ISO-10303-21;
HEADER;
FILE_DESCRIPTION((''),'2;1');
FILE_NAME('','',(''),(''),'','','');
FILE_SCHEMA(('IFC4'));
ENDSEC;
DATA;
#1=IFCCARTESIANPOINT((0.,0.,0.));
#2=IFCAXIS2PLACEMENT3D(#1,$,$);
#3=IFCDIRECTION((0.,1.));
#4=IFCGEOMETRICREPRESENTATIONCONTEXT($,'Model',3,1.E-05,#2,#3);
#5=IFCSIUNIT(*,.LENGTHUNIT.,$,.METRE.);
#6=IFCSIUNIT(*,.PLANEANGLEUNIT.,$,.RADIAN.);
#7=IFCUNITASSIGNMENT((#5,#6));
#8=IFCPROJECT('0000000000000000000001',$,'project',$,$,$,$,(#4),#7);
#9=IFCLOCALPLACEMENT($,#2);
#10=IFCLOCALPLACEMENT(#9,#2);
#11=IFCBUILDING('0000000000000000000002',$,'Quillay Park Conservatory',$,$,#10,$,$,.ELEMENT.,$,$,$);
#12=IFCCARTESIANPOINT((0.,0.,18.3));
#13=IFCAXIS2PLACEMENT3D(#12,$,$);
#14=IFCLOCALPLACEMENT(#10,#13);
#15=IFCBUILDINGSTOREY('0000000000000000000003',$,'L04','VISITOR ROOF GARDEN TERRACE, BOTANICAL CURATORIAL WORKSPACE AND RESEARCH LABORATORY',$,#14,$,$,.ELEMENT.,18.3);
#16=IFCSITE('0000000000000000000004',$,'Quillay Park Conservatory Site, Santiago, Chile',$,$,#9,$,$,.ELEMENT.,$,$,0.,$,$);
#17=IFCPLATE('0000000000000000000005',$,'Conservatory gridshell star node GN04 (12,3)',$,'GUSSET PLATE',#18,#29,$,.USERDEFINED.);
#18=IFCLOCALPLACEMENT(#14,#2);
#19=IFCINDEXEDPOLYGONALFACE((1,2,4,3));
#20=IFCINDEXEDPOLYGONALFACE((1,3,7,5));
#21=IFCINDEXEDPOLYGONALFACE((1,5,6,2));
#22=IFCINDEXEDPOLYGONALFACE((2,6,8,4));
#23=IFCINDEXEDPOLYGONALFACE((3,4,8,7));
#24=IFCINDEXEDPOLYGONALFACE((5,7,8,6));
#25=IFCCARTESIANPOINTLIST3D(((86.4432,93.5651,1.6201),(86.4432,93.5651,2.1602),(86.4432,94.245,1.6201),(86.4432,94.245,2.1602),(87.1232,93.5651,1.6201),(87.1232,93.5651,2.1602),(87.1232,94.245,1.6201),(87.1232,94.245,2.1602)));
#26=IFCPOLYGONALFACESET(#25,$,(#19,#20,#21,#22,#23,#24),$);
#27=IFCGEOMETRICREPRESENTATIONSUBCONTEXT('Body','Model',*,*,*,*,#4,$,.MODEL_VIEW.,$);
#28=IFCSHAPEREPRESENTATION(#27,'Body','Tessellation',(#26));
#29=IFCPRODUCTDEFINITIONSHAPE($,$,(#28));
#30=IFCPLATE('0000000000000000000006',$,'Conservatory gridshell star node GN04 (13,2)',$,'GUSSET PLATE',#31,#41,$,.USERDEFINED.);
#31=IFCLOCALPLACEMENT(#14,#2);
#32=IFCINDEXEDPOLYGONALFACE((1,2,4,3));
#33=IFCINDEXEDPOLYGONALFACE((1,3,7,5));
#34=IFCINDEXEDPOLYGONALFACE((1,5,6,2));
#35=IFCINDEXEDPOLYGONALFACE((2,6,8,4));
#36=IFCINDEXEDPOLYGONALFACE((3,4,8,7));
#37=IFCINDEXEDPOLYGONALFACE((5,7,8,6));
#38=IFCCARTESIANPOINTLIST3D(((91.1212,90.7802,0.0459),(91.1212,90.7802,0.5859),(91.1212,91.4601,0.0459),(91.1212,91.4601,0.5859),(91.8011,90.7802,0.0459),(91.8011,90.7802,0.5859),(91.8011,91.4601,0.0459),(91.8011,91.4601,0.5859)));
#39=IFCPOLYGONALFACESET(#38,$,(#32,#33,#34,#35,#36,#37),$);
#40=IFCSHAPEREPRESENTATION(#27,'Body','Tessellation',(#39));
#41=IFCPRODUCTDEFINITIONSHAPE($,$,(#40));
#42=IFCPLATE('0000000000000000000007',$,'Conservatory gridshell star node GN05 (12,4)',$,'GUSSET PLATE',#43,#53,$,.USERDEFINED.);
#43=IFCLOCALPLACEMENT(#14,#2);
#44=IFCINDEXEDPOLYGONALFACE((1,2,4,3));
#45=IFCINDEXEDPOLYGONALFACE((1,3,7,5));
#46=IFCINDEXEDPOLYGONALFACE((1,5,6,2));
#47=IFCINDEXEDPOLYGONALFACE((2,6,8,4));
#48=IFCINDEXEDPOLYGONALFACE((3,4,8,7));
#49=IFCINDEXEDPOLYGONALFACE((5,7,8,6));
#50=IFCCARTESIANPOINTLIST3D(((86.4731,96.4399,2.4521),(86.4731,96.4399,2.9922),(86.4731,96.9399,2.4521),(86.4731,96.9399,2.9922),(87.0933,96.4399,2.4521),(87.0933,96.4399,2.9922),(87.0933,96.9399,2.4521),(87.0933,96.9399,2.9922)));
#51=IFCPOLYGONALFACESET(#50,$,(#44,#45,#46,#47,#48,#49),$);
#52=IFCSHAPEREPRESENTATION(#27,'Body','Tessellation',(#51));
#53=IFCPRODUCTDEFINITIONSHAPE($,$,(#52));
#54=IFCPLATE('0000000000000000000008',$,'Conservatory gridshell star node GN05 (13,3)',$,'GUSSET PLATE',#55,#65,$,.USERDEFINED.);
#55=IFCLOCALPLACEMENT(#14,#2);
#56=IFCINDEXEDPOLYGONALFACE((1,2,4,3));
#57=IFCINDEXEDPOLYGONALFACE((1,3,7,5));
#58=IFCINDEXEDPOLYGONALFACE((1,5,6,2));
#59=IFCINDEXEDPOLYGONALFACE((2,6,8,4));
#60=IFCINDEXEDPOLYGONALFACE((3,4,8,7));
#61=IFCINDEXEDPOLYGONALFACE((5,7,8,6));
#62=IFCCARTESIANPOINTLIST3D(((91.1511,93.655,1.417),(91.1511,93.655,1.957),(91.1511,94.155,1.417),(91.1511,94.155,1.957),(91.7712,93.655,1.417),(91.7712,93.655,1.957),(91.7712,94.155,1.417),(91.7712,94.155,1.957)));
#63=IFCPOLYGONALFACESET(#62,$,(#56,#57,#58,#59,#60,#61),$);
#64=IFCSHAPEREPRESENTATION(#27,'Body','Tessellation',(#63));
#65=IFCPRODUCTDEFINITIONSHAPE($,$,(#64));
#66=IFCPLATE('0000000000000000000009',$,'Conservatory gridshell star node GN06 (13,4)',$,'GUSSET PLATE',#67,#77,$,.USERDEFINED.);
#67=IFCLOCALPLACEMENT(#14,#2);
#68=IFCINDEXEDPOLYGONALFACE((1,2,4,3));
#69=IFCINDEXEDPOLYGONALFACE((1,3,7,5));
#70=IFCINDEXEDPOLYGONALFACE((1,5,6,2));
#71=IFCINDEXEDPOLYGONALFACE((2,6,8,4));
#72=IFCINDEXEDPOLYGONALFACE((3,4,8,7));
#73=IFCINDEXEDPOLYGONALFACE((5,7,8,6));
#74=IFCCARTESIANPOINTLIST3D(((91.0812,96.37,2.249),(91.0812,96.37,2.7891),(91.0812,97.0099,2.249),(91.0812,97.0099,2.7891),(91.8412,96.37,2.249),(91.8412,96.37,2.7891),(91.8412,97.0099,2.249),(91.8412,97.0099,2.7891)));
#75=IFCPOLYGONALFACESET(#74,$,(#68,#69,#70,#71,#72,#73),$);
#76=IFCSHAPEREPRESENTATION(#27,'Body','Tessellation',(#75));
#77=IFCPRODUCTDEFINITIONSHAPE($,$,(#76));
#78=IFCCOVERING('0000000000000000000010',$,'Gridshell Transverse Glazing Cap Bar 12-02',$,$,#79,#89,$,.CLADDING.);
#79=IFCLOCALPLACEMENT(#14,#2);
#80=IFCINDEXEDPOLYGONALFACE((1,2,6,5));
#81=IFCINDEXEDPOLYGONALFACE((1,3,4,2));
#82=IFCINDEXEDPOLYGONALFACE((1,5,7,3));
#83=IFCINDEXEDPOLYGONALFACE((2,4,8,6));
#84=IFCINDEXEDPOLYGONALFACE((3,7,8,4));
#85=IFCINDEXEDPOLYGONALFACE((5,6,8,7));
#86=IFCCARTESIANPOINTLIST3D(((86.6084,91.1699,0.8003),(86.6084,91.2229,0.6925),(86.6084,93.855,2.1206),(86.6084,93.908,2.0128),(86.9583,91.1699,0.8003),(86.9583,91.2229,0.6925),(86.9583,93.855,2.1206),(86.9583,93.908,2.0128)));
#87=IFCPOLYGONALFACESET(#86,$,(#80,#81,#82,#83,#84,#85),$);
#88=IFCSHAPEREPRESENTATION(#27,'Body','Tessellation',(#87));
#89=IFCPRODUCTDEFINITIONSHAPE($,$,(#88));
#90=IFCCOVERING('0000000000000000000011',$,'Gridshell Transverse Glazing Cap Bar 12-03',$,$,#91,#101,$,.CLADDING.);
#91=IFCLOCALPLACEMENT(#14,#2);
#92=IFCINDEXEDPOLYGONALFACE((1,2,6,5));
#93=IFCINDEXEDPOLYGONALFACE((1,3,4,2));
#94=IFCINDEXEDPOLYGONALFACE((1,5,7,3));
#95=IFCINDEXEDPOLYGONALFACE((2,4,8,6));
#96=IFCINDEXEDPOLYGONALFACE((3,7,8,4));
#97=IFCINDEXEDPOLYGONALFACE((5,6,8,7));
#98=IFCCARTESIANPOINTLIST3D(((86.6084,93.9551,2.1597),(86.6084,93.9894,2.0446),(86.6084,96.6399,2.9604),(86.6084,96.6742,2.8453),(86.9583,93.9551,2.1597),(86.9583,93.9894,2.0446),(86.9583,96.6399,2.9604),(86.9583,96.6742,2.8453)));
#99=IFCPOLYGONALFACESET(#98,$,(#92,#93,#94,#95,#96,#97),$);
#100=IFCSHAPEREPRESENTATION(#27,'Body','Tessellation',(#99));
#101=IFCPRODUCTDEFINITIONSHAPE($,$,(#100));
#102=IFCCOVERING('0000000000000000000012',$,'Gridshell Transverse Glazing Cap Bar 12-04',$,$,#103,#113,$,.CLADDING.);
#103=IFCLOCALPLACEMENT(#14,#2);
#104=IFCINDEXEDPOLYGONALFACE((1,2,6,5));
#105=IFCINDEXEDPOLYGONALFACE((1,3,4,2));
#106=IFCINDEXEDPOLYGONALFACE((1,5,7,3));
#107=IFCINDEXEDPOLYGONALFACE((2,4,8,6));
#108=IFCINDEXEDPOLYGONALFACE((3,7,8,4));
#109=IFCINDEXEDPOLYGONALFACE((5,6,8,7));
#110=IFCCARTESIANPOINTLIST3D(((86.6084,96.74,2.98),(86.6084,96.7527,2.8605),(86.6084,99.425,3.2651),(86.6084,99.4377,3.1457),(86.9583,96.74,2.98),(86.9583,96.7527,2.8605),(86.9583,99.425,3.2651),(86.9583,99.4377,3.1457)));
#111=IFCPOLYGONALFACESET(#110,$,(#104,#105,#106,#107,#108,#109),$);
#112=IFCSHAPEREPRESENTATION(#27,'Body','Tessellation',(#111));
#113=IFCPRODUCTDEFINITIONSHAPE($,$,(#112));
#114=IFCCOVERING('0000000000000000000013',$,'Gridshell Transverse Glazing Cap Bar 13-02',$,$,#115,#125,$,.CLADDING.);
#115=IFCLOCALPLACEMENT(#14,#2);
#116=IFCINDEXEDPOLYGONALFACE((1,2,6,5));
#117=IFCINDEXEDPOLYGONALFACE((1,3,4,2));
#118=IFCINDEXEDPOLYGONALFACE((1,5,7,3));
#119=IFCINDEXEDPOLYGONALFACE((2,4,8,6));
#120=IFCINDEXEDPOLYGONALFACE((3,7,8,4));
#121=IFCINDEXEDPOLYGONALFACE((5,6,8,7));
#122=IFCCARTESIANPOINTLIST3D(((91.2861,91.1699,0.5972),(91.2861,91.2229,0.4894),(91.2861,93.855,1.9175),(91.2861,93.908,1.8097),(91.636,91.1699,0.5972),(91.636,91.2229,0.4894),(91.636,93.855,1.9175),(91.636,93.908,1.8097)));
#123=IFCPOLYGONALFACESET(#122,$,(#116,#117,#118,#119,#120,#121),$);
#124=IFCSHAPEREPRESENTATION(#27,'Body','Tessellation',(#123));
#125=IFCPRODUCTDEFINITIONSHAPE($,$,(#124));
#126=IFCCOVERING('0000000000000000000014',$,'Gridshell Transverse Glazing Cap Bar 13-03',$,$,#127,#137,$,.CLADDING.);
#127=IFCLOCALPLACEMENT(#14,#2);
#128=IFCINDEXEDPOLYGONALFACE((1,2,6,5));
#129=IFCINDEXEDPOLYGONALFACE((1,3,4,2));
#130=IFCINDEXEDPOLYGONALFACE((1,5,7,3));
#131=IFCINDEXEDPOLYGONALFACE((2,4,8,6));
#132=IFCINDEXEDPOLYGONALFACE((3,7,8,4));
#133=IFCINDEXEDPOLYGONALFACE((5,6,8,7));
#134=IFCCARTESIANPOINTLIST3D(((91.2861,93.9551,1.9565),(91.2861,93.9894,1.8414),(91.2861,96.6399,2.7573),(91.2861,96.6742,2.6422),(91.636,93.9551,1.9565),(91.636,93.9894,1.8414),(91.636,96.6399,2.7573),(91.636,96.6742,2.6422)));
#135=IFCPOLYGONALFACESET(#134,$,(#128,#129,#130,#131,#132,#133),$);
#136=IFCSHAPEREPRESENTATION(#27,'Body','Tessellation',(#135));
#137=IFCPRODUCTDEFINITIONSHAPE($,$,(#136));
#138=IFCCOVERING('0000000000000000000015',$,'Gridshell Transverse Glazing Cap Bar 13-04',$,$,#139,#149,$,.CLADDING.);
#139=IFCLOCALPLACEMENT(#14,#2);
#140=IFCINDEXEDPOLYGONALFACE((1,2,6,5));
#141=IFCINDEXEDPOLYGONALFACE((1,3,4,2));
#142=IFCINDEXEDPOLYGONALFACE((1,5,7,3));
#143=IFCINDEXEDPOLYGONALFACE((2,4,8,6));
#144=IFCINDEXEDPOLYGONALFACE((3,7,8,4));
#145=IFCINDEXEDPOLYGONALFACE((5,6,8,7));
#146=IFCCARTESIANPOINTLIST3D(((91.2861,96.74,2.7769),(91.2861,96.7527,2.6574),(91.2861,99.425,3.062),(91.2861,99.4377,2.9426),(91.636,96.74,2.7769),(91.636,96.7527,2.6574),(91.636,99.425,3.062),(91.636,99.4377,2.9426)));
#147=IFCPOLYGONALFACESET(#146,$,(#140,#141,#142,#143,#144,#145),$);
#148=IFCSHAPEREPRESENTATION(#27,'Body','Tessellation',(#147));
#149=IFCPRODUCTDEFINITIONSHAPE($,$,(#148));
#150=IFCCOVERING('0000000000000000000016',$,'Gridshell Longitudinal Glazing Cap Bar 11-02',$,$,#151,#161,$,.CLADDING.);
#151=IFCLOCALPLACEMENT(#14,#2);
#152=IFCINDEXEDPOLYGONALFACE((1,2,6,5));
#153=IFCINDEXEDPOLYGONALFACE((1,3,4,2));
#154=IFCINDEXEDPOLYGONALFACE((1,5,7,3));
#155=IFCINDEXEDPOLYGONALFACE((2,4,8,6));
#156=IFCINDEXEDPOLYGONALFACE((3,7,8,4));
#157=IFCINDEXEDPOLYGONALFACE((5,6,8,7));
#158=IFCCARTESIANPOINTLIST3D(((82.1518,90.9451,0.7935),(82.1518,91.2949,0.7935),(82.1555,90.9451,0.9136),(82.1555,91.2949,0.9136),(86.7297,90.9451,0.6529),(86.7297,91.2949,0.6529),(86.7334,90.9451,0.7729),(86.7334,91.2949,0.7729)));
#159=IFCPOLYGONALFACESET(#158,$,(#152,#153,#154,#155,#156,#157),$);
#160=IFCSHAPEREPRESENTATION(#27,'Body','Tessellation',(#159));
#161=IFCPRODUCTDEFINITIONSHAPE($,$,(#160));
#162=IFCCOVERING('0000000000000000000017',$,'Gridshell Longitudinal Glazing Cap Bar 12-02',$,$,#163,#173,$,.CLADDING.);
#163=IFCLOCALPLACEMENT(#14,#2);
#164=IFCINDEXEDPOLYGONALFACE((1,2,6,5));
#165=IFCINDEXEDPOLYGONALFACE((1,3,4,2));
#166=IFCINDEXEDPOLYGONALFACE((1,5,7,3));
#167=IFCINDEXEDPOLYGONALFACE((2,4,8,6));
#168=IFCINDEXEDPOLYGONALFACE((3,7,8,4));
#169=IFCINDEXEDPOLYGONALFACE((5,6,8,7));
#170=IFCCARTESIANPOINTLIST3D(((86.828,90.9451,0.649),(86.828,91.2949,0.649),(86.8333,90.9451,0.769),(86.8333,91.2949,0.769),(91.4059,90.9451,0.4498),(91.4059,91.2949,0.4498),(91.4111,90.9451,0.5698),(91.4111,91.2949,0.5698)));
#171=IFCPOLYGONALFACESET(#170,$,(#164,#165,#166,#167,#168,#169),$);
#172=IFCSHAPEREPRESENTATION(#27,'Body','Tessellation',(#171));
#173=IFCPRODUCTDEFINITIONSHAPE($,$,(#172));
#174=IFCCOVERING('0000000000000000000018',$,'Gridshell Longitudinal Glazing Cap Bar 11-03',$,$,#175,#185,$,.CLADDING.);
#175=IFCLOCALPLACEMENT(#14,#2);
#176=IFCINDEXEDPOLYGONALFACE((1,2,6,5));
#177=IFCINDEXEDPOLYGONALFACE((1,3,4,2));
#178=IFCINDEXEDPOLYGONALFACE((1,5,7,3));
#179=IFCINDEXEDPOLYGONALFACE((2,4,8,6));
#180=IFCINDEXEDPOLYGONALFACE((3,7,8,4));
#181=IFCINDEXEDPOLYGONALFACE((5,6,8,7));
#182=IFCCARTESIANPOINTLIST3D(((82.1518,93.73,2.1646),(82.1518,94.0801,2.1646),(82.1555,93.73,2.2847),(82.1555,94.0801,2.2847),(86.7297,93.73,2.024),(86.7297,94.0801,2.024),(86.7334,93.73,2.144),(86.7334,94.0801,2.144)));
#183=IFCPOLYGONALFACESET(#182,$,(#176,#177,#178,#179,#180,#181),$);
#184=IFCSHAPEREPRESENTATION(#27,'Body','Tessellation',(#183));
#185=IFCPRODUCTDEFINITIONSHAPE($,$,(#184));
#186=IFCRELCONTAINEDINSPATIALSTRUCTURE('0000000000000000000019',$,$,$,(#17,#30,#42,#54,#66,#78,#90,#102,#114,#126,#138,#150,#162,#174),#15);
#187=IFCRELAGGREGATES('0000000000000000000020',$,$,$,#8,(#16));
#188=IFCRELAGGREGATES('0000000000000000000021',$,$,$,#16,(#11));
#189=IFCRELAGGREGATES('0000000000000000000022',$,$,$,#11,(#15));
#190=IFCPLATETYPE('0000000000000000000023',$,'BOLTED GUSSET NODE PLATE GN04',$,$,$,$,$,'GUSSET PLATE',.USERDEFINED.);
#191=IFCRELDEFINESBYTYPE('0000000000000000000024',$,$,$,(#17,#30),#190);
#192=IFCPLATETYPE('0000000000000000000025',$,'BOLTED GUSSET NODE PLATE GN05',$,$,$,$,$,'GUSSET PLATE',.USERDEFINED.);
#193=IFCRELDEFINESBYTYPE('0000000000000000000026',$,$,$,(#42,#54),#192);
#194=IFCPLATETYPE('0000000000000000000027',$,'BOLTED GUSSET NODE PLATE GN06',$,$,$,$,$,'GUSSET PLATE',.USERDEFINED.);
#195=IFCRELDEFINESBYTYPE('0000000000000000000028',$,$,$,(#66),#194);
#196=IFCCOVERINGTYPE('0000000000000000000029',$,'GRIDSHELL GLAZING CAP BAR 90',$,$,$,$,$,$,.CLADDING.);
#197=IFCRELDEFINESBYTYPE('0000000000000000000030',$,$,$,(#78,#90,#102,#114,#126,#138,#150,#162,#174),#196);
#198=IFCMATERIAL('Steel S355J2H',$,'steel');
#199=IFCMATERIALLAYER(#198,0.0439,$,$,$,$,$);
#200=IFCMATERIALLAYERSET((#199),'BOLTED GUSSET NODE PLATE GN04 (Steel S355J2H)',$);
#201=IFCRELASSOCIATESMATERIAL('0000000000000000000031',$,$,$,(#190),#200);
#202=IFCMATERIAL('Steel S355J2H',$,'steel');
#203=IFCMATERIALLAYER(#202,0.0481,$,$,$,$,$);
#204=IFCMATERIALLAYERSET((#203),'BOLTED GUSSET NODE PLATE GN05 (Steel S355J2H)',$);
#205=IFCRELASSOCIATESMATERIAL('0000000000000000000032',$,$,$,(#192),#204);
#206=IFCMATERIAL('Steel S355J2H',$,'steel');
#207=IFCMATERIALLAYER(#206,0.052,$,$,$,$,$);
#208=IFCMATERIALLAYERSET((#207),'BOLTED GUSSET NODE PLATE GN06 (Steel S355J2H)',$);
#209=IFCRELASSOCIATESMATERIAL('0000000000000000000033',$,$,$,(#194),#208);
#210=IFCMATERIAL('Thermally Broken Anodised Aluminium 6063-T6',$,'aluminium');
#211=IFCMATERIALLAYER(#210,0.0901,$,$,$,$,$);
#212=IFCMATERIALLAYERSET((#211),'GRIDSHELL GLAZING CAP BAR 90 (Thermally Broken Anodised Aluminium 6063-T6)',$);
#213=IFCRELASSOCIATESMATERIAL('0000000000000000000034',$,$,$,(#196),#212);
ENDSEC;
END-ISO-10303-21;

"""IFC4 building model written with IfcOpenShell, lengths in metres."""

from ifc_helpers import new_model, si_unit, direction, frame, origin, origin_2d, place, context, subcontext, project, spatial, polyline, rectangle, outline, extrude, material, layer, layer_set, type_object, element, save


model = new_model("IFC4")

# Units and contexts
model_context = context("Model", 3, precision=1e-05, world=origin(), true_north=direction((0.0, 1.0)))
body_context = subcontext(model_context, "Body", "Model", "MODEL_VIEW")
ifc_project = project(units=[si_unit("LENGTHUNIT", "METRE"), si_unit("PLANEANGLEUNIT", "RADIAN")], contexts=[model_context])

# Site, building, storey
site_placement = place(None, origin())
site = spatial("IfcSite", under=ifc_project, at=site_placement, Name="Quillay Park Conservatory Site, Santiago, Chile", CompositionType="ELEMENT", RefElevation=0.0)
building_placement = place(site_placement, origin())
building = spatial("IfcBuilding", under=site, at=building_placement, Name="Quillay Park Conservatory", CompositionType="ELEMENT")
storey_placement = place(building_placement, frame((0.0, 0.0, 18.3)))
storey = spatial("IfcBuildingStorey", under=building, at=storey_placement, Name="L04", Description="VISITOR ROOF GARDEN TERRACE, BOTANICAL CURATORIAL WORKSPACE AND RESEARCH LABORATORY", CompositionType="ELEMENT", Elevation=18.3)

# Plates
ifc_material_1 = material(Name="Steel S355J2H", Category="steel")
ifc_layer_1 = layer(ifc_material_1, 0.0439)
ifc_layer_set_1 = layer_set([ifc_layer_1], Name="BOLTED GUSSET NODE PLATE GN04 (Steel S355J2H)")
plate_type_1 = type_object("IfcPlateType", Name="BOLTED GUSSET NODE PLATE GN04", ElementType="GUSSET PLATE", PredefinedType="USERDEFINED", material=ifc_layer_set_1)
for number, where, z_axis, x_axis, name in (
    (1, (86.7832, 93.905, 1.6201), (0.0, 0.0, 1.0), (1.0, 0.0, 0.0), "Conservatory gridshell star node GN04 (12,3)"),
    (2, (91.4612, 91.1201, 0.0459), (0.0, 0.0, 1.0), (1.0, 0.0, 0.0), "Conservatory gridshell star node GN04 (13,2)"),
):
    element("IfcPlate", number, at=place(storey_placement, frame(where, z_axis=z_axis, x_axis=x_axis)), inside=storey, type_object=plate_type_1, Name=name, ObjectType="GUSSET PLATE", PredefinedType="USERDEFINED", context=body_context, shape_type="SweptSolid", body=[
        extrude(rectangle(XDim=0.6799, YDim=0.6799, at=origin_2d()), origin(), (0.0, 0.0, 1.0), 0.54),
    ])
ifc_material_2 = material(Name="Steel S355J2H", Category="steel")
ifc_layer_2 = layer(ifc_material_2, 0.0481)
ifc_layer_set_2 = layer_set([ifc_layer_2], Name="BOLTED GUSSET NODE PLATE GN05 (Steel S355J2H)")
plate_type_2 = type_object("IfcPlateType", Name="BOLTED GUSSET NODE PLATE GN05", ElementType="GUSSET PLATE", PredefinedType="USERDEFINED", material=ifc_layer_set_2)
for number, where, z_axis, x_axis, name in (
    (3, (86.7832, 96.6899, 2.4521), (0.0, 0.0, 1.0), (1.0, 0.0, 0.0), "Conservatory gridshell star node GN05 (12,4)"),
    (4, (91.4612, 93.905, 1.417), (0.0, 0.0, 1.0), (1.0, 0.0, 0.0), "Conservatory gridshell star node GN05 (13,3)"),
):
    element("IfcPlate", number, at=place(storey_placement, frame(where, z_axis=z_axis, x_axis=x_axis)), inside=storey, type_object=plate_type_2, Name=name, ObjectType="GUSSET PLATE", PredefinedType="USERDEFINED", context=body_context, shape_type="SweptSolid", body=[
        extrude(rectangle(XDim=0.6201, YDim=0.5, at=origin_2d()), origin(), (0.0, 0.0, 1.0), 0.54),
    ])
ifc_material_3 = material(Name="Steel S355J2H", Category="steel")
ifc_layer_3 = layer(ifc_material_3, 0.052)
ifc_layer_set_3 = layer_set([ifc_layer_3], Name="BOLTED GUSSET NODE PLATE GN06 (Steel S355J2H)")
plate_type_3 = type_object("IfcPlateType", Name="BOLTED GUSSET NODE PLATE GN06", ElementType="GUSSET PLATE", PredefinedType="USERDEFINED", material=ifc_layer_set_3)
plate_1_placement = place(storey_placement, frame((91.4612, 96.6899, 2.249), z_axis=(0.0, 0.0, 1.0), x_axis=(1.0, 0.0, 0.0)))
element("IfcPlate", 5, at=plate_1_placement, inside=storey, type_object=plate_type_3, Name="Conservatory gridshell star node GN06 (13,4)", ObjectType="GUSSET PLATE", PredefinedType="USERDEFINED", context=body_context, shape_type="SweptSolid", body=[
    extrude(rectangle(XDim=0.76, YDim=0.6399, at=origin_2d()), origin(), (0.0, 0.0, 1.0), 0.54),
])

# Coverings
ifc_material_4 = material(Name="Thermally Broken Anodised Aluminium 6063-T6", Category="aluminium")
ifc_layer_4 = layer(ifc_material_4, 0.0901)
ifc_layer_set_4 = layer_set([ifc_layer_4], Name="GRIDSHELL GLAZING CAP BAR 90 (Thermally Broken Anodised Aluminium 6063-T6)")
covering_type = type_object("IfcCoveringType", Name="GRIDSHELL GLAZING CAP BAR 90", PredefinedType="CLADDING", material=ifc_layer_set_4)
covering_1_placement = place(storey_placement, frame((86.6084, 91.1699, 0.8003), z_axis=(0.0, -0.441264, 0.897378), x_axis=(1.0, 0.0, 0.0)))
element("IfcCovering", 6, at=covering_1_placement, inside=storey, type_object=covering_type, Name="Gridshell Transverse Glazing Cap Bar 12-02", PredefinedType="CLADDING", context=body_context, shape_type="SweptSolid", body=[
    extrude(outline(polyline([(0.0, 0.0), (0.3499, 0.0), (0.3499, 2.9921), (0.0, 2.9921), (0.0, 0.0)])), origin(), (0.0, 0.0, -1.0), 0.1201),
])
covering_2_placement = place(storey_placement, frame((86.6084, 93.9551, 2.1597), z_axis=(0.0, -0.285821, 0.958283), x_axis=(1.0, 0.0, 0.0)))
element("IfcCovering", 7, at=covering_2_placement, inside=storey, type_object=covering_type, Name="Gridshell Transverse Glazing Cap Bar 12-03", PredefinedType="CLADDING", context=body_context, shape_type="SweptSolid", body=[
    extrude(outline(polyline([(0.0, 0.0), (0.3499, 0.0), (0.3499, 2.8017), (0.0, 2.8017), (0.0, 0.0)])), origin(), (0.0, 0.0, -1.0), 0.1201),
])
covering_3_placement = place(storey_placement, frame((86.6084, 96.74, 2.98), z_axis=(0.0, -0.105607, 0.994408), x_axis=(1.0, 0.0, 0.0)))
element("IfcCovering", 8, at=covering_3_placement, inside=storey, type_object=covering_type, Name="Gridshell Transverse Glazing Cap Bar 12-04", PredefinedType="CLADDING", context=body_context, shape_type="SweptSolid", body=[
    extrude(outline(polyline([(0.0, 0.0), (0.3499, 0.0), (0.3499, 2.7002), (0.0, 2.7002), (0.0, 0.0)])), origin(), (0.0, 0.0, -1.0), 0.1201),
])
covering_4_placement = place(storey_placement, frame((91.2861, 91.1699, 0.5972), z_axis=(0.0, -0.441264, 0.897378), x_axis=(1.0, 0.0, 0.0)))
element("IfcCovering", 9, at=covering_4_placement, inside=storey, type_object=covering_type, Name="Gridshell Transverse Glazing Cap Bar 13-02", PredefinedType="CLADDING", context=body_context, shape_type="SweptSolid", body=[
    extrude(outline(polyline([(0.0, 0.0), (0.3499, 0.0), (0.3499, 2.9921), (0.0, 2.9921), (0.0, 0.0)])), origin(), (0.0, 0.0, -1.0), 0.1201),
])
covering_5_placement = place(storey_placement, frame((91.2861, 93.9551, 1.9565), z_axis=(0.0, -0.285821, 0.958283), x_axis=(1.0, 0.0, 0.0)))
element("IfcCovering", 10, at=covering_5_placement, inside=storey, type_object=covering_type, Name="Gridshell Transverse Glazing Cap Bar 13-03", PredefinedType="CLADDING", context=body_context, shape_type="SweptSolid", body=[
    extrude(outline(polyline([(0.0, 0.0), (0.3499, 0.0), (0.3499, 2.8017), (0.0, 2.8017), (0.0, 0.0)])), origin(), (0.0, 0.0, -1.0), 0.1201),
])
covering_6_placement = place(storey_placement, frame((91.2861, 96.74, 2.7769), z_axis=(0.0, -0.105607, 0.994408), x_axis=(1.0, 0.0, 0.0)))
element("IfcCovering", 11, at=covering_6_placement, inside=storey, type_object=covering_type, Name="Gridshell Transverse Glazing Cap Bar 13-04", PredefinedType="CLADDING", context=body_context, shape_type="SweptSolid", body=[
    extrude(outline(polyline([(0.0, 0.0), (0.3499, 0.0), (0.3499, 2.7002), (0.0, 2.7002), (0.0, 0.0)])), origin(), (0.0, 0.0, -1.0), 0.1201),
])
covering_7_placement = place(storey_placement, frame((82.1555, 90.9451, 0.9136), z_axis=(0.030704, 0.0, 0.999529), x_axis=(0.999529, 0.0, -0.030704)))
element("IfcCovering", 12, at=covering_7_placement, inside=storey, type_object=covering_type, Name="Gridshell Longitudinal Glazing Cap Bar 11-02", PredefinedType="CLADDING", context=body_context, shape_type="SweptSolid", body=[
    extrude(outline(polyline([(0.0, 0.0), (4.58, 0.0), (4.58, 0.3499), (0.0, 0.3499), (0.0, 0.0)])), origin(), (0.0, 0.0, -1.0), 0.1201),
])
covering_8_placement = place(storey_placement, frame((86.8333, 90.9451, 0.769), z_axis=(0.043477, 0.0, 0.999054), x_axis=(0.999054, 0.0, -0.043477)))
element("IfcCovering", 13, at=covering_8_placement, inside=storey, type_object=covering_type, Name="Gridshell Longitudinal Glazing Cap Bar 12-02", PredefinedType="CLADDING", context=body_context, shape_type="SweptSolid", body=[
    extrude(outline(polyline([(0.0, 0.0), (4.5822, 0.0), (4.5822, 0.3499), (0.0, 0.3499), (0.0, 0.0)])), origin(), (0.0, 0.0, -1.0), 0.1201),
])
covering_9_placement = place(storey_placement, frame((82.1555, 93.73, 2.2847), z_axis=(0.030704, 0.0, 0.999529), x_axis=(0.999529, 0.0, -0.030704)))
element("IfcCovering", 14, at=covering_9_placement, inside=storey, type_object=covering_type, Name="Gridshell Longitudinal Glazing Cap Bar 11-03", PredefinedType="CLADDING", context=body_context, shape_type="SweptSolid", body=[
    extrude(outline(polyline([(0.0, 0.0), (4.58, 0.0), (4.58, 0.3501), (0.0, 0.3501), (0.0, 0.0)])), origin(), (0.0, 0.0, -1.0), 0.1201),
])

save(model, "model.ifc")
